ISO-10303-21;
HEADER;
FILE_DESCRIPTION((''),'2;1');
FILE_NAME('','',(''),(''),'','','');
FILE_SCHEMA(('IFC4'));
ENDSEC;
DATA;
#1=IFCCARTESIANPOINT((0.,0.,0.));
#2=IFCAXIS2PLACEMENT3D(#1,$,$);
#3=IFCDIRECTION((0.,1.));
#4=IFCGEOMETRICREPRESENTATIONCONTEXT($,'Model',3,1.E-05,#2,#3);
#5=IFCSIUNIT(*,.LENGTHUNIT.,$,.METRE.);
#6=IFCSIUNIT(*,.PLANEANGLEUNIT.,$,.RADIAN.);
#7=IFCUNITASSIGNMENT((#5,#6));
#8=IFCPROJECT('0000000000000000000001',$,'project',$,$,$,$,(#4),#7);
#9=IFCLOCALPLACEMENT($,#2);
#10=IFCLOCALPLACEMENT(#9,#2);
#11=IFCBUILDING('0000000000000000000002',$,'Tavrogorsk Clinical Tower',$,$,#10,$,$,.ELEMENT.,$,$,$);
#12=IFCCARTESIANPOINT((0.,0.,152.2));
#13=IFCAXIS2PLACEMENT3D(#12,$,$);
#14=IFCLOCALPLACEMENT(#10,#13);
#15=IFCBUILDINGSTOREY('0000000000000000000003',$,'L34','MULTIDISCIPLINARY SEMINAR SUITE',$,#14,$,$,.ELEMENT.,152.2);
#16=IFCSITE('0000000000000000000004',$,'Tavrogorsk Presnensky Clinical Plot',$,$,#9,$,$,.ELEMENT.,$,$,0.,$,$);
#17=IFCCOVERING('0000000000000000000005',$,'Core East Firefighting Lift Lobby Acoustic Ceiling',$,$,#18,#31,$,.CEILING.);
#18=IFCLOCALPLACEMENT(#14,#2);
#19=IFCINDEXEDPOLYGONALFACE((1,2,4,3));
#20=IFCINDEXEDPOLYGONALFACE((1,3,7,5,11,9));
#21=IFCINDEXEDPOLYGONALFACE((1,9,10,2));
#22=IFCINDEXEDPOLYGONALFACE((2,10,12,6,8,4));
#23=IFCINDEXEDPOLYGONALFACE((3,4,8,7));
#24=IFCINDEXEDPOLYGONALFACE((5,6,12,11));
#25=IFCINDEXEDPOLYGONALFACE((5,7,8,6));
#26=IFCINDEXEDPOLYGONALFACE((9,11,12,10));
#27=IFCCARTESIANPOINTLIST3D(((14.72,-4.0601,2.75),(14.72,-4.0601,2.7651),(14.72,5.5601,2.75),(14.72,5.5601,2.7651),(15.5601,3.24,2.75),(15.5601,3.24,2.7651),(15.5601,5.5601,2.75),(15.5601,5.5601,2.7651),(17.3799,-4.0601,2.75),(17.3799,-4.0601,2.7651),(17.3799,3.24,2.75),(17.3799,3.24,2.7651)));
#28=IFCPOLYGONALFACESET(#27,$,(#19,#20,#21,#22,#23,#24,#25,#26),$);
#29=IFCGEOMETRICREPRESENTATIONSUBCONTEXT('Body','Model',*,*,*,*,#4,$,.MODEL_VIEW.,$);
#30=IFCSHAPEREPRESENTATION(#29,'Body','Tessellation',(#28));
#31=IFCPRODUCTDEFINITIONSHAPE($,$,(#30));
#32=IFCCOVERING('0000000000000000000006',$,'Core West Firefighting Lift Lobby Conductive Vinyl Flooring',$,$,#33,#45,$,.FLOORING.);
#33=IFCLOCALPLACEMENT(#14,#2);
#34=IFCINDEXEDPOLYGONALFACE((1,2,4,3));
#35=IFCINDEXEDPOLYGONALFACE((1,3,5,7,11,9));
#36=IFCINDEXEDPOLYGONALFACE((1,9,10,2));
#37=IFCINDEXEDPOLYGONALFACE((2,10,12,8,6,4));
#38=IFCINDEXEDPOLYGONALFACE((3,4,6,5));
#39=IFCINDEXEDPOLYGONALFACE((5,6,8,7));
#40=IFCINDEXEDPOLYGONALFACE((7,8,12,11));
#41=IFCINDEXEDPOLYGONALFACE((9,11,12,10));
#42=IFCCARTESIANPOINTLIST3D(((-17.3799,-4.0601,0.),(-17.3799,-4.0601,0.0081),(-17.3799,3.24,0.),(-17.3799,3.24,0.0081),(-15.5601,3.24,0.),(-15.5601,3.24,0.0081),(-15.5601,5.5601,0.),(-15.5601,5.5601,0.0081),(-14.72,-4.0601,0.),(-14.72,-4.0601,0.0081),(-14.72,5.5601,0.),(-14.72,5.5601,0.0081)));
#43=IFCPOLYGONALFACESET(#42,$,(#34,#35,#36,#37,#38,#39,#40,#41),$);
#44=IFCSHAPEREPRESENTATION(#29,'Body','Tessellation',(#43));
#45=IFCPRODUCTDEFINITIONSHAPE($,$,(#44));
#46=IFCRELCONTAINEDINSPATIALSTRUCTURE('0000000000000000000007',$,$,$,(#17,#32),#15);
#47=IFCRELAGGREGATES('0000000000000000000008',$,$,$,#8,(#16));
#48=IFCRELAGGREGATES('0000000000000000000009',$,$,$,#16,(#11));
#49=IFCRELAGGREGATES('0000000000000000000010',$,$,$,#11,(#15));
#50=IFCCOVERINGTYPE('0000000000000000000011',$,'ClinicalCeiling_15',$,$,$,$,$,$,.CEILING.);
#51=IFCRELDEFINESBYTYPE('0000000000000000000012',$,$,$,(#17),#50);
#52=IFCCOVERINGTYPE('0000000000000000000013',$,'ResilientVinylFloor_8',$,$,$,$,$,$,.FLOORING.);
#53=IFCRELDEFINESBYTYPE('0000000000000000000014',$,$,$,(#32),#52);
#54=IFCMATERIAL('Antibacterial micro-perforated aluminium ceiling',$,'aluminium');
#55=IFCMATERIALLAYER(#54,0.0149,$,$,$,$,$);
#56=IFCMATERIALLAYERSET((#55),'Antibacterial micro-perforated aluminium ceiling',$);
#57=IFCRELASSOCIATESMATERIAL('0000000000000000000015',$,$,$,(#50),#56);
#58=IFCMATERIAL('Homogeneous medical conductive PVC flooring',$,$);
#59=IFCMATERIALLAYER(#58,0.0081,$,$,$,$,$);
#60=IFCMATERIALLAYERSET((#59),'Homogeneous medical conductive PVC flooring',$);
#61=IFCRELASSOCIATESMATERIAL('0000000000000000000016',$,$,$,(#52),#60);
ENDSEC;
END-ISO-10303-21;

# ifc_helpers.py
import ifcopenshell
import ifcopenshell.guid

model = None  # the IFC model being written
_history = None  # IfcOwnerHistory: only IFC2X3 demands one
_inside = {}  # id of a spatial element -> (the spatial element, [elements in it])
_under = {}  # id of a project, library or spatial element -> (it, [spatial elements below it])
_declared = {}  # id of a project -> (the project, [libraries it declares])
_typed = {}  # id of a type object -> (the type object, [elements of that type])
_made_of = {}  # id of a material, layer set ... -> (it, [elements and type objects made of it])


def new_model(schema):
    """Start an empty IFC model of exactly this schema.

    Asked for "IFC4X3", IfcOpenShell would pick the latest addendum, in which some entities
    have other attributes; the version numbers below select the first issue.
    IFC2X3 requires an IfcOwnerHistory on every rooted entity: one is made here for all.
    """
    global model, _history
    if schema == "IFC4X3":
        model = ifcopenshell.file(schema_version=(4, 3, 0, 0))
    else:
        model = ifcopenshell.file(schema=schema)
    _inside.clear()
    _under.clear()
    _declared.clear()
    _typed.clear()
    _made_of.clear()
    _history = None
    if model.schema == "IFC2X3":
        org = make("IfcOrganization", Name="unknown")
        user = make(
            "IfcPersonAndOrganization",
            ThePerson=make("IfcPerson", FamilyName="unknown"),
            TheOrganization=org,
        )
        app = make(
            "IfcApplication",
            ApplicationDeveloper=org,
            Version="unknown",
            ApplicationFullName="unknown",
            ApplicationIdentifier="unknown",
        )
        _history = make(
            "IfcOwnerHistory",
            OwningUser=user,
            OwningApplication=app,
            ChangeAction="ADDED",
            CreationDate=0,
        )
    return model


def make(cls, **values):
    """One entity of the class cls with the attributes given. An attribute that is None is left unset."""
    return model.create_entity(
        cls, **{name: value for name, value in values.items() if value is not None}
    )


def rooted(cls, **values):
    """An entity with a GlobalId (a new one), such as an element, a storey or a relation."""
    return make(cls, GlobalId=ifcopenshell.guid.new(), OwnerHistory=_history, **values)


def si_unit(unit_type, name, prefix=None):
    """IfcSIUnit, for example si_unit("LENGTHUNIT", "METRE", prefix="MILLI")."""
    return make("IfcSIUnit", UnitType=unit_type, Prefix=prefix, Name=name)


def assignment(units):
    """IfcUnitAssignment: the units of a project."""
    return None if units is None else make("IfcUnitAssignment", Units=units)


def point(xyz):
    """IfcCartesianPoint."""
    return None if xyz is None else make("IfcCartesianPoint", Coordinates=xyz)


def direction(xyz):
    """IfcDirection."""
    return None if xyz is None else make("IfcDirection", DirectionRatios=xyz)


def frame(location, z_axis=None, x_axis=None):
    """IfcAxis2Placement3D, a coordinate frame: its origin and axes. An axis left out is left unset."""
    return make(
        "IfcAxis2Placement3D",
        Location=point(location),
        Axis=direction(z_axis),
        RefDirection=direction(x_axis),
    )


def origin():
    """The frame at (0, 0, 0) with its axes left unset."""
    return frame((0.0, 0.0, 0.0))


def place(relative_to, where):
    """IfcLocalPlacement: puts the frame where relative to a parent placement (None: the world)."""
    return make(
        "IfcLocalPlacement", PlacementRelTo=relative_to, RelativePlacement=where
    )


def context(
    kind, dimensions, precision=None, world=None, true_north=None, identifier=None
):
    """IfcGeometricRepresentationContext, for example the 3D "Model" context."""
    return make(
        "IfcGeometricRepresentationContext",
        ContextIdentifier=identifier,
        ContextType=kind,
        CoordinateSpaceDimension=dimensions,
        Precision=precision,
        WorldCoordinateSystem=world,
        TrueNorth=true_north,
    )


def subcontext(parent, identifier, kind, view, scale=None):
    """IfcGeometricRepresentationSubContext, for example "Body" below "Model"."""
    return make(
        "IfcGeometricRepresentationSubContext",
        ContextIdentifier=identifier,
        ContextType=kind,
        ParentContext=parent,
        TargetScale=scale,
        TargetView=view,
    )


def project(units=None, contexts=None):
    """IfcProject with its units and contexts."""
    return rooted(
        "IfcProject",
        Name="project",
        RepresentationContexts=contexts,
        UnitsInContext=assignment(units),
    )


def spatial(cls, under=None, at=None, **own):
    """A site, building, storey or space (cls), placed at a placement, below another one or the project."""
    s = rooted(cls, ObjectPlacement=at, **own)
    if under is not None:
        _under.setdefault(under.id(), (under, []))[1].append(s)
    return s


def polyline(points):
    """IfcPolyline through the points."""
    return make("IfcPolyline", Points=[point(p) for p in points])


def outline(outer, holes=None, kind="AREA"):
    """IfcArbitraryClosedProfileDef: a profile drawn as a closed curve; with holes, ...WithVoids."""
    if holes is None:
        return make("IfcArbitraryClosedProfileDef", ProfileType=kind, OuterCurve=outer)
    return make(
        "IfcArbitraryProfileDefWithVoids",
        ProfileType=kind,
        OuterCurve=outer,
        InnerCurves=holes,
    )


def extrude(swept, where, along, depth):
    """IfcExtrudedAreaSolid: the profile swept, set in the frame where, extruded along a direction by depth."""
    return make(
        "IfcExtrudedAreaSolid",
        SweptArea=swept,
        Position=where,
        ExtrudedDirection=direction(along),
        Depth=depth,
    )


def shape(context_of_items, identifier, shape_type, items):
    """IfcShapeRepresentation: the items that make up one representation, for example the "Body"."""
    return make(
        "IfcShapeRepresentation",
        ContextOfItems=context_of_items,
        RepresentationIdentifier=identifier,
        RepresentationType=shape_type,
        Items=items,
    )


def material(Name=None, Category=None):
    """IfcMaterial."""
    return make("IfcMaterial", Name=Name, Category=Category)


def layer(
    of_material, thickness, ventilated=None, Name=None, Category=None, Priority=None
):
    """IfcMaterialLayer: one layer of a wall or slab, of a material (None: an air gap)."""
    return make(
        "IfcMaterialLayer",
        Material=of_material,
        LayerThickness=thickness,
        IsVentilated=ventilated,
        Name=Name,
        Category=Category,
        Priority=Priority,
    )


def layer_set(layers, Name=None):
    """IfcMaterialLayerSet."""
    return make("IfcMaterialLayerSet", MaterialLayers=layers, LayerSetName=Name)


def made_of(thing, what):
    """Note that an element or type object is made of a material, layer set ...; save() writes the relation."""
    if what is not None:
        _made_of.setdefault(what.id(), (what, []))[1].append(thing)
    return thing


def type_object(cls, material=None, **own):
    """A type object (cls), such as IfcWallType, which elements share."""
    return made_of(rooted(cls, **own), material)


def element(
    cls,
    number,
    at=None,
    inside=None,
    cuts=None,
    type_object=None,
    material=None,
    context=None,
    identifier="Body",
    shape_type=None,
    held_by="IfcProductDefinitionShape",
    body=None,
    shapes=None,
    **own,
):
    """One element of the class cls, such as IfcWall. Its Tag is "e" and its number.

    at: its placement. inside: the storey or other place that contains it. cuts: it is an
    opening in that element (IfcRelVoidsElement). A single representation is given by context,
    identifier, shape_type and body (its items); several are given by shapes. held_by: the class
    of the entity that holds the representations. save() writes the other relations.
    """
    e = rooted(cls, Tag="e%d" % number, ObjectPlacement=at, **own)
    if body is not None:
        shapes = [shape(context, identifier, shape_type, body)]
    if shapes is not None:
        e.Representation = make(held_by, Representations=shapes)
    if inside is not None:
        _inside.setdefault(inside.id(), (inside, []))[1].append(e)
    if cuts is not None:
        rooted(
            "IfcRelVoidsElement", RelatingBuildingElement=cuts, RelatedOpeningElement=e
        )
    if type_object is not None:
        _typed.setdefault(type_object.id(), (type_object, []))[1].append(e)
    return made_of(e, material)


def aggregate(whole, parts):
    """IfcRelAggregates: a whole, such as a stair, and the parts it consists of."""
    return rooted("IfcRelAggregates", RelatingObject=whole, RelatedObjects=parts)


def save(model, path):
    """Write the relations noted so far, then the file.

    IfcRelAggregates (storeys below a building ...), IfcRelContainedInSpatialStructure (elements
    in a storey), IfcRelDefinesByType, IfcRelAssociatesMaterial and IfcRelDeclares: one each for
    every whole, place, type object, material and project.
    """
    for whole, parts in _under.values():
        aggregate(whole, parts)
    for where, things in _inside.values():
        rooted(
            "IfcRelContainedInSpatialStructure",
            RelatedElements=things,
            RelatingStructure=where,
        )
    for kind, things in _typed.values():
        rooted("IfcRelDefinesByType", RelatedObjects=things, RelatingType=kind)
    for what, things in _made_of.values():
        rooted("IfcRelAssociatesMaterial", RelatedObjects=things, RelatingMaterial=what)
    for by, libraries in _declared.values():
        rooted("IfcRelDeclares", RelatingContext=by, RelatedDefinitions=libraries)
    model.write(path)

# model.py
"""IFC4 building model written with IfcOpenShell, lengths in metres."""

from ifc_helpers import new_model, si_unit, direction, frame, origin, place, context, subcontext, project, spatial, polyline, outline, extrude, material, layer, layer_set, type_object, element, save


model = new_model("IFC4")

# Units and contexts
model_context = context("Model", 3, precision=1e-05, world=origin(), true_north=direction((0.0, 1.0)))
body_context = subcontext(model_context, "Body", "Model", "MODEL_VIEW")
ifc_project = project(units=[si_unit("LENGTHUNIT", "METRE"), si_unit("PLANEANGLEUNIT", "RADIAN")], contexts=[model_context])

# Site, building, storey
site_placement = place(None, origin())
site = spatial("IfcSite", under=ifc_project, at=site_placement, Name="Tavrogorsk Presnensky Clinical Plot", CompositionType="ELEMENT", RefElevation=0.0)
building_placement = place(site_placement, origin())
building = spatial("IfcBuilding", under=site, at=building_placement, Name="Tavrogorsk Clinical Tower", CompositionType="ELEMENT")
storey_placement = place(building_placement, frame((0.0, 0.0, 152.2)))
storey = spatial("IfcBuildingStorey", under=building, at=storey_placement, Name="L34", Description="MULTIDISCIPLINARY SEMINAR SUITE", CompositionType="ELEMENT", Elevation=152.2)

# Coverings
ifc_material_1 = material(Name="Antibacterial micro-perforated aluminium ceiling", Category="aluminium")
ifc_layer_1 = layer(ifc_material_1, 0.0149)
ifc_layer_set_1 = layer_set([ifc_layer_1], Name="Antibacterial micro-perforated aluminium ceiling")
covering_type_1 = type_object("IfcCoveringType", Name="ClinicalCeiling_15", PredefinedType="CEILING", material=ifc_layer_set_1)
covering_1_placement = place(storey_placement, frame((0.0, 0.0, 2.75)))
element("IfcCovering", 1, at=covering_1_placement, inside=storey, type_object=covering_type_1, Name="Core East Firefighting Lift Lobby Acoustic Ceiling", PredefinedType="CEILING", context=body_context, shape_type="SweptSolid", body=[
    extrude(outline(polyline([(17.3799, -4.0601), (14.72, -4.0601), (14.72, 5.5601), (15.5601, 5.5601), (15.5601, 3.24), (17.3799, 3.24), (17.3799, -4.0601)])), origin(), (0.0, 0.0, 1.0), 0.0151),
])
ifc_material_2 = material(Name="Homogeneous medical conductive PVC flooring")
ifc_layer_2 = layer(ifc_material_2, 0.0081)
ifc_layer_set_2 = layer_set([ifc_layer_2], Name="Homogeneous medical conductive PVC flooring")
covering_type_2 = type_object("IfcCoveringType", Name="ResilientVinylFloor_8", PredefinedType="FLOORING", material=ifc_layer_set_2)
covering_2_placement = place(storey_placement, origin())
element("IfcCovering", 2, at=covering_2_placement, inside=storey, type_object=covering_type_2, Name="Core West Firefighting Lift Lobby Conductive Vinyl Flooring", PredefinedType="FLOORING", context=body_context, shape_type="SweptSolid", body=[
    extrude(outline(polyline([(-14.72, 5.5601), (-14.72, -4.0601), (-17.3799, -4.0601), (-17.3799, 3.24), (-15.5601, 3.24), (-15.5601, 5.5601), (-14.72, 5.5601)])), origin(), (0.0, 0.0, 1.0), 0.0081),
])

save(model, "model.ifc")
